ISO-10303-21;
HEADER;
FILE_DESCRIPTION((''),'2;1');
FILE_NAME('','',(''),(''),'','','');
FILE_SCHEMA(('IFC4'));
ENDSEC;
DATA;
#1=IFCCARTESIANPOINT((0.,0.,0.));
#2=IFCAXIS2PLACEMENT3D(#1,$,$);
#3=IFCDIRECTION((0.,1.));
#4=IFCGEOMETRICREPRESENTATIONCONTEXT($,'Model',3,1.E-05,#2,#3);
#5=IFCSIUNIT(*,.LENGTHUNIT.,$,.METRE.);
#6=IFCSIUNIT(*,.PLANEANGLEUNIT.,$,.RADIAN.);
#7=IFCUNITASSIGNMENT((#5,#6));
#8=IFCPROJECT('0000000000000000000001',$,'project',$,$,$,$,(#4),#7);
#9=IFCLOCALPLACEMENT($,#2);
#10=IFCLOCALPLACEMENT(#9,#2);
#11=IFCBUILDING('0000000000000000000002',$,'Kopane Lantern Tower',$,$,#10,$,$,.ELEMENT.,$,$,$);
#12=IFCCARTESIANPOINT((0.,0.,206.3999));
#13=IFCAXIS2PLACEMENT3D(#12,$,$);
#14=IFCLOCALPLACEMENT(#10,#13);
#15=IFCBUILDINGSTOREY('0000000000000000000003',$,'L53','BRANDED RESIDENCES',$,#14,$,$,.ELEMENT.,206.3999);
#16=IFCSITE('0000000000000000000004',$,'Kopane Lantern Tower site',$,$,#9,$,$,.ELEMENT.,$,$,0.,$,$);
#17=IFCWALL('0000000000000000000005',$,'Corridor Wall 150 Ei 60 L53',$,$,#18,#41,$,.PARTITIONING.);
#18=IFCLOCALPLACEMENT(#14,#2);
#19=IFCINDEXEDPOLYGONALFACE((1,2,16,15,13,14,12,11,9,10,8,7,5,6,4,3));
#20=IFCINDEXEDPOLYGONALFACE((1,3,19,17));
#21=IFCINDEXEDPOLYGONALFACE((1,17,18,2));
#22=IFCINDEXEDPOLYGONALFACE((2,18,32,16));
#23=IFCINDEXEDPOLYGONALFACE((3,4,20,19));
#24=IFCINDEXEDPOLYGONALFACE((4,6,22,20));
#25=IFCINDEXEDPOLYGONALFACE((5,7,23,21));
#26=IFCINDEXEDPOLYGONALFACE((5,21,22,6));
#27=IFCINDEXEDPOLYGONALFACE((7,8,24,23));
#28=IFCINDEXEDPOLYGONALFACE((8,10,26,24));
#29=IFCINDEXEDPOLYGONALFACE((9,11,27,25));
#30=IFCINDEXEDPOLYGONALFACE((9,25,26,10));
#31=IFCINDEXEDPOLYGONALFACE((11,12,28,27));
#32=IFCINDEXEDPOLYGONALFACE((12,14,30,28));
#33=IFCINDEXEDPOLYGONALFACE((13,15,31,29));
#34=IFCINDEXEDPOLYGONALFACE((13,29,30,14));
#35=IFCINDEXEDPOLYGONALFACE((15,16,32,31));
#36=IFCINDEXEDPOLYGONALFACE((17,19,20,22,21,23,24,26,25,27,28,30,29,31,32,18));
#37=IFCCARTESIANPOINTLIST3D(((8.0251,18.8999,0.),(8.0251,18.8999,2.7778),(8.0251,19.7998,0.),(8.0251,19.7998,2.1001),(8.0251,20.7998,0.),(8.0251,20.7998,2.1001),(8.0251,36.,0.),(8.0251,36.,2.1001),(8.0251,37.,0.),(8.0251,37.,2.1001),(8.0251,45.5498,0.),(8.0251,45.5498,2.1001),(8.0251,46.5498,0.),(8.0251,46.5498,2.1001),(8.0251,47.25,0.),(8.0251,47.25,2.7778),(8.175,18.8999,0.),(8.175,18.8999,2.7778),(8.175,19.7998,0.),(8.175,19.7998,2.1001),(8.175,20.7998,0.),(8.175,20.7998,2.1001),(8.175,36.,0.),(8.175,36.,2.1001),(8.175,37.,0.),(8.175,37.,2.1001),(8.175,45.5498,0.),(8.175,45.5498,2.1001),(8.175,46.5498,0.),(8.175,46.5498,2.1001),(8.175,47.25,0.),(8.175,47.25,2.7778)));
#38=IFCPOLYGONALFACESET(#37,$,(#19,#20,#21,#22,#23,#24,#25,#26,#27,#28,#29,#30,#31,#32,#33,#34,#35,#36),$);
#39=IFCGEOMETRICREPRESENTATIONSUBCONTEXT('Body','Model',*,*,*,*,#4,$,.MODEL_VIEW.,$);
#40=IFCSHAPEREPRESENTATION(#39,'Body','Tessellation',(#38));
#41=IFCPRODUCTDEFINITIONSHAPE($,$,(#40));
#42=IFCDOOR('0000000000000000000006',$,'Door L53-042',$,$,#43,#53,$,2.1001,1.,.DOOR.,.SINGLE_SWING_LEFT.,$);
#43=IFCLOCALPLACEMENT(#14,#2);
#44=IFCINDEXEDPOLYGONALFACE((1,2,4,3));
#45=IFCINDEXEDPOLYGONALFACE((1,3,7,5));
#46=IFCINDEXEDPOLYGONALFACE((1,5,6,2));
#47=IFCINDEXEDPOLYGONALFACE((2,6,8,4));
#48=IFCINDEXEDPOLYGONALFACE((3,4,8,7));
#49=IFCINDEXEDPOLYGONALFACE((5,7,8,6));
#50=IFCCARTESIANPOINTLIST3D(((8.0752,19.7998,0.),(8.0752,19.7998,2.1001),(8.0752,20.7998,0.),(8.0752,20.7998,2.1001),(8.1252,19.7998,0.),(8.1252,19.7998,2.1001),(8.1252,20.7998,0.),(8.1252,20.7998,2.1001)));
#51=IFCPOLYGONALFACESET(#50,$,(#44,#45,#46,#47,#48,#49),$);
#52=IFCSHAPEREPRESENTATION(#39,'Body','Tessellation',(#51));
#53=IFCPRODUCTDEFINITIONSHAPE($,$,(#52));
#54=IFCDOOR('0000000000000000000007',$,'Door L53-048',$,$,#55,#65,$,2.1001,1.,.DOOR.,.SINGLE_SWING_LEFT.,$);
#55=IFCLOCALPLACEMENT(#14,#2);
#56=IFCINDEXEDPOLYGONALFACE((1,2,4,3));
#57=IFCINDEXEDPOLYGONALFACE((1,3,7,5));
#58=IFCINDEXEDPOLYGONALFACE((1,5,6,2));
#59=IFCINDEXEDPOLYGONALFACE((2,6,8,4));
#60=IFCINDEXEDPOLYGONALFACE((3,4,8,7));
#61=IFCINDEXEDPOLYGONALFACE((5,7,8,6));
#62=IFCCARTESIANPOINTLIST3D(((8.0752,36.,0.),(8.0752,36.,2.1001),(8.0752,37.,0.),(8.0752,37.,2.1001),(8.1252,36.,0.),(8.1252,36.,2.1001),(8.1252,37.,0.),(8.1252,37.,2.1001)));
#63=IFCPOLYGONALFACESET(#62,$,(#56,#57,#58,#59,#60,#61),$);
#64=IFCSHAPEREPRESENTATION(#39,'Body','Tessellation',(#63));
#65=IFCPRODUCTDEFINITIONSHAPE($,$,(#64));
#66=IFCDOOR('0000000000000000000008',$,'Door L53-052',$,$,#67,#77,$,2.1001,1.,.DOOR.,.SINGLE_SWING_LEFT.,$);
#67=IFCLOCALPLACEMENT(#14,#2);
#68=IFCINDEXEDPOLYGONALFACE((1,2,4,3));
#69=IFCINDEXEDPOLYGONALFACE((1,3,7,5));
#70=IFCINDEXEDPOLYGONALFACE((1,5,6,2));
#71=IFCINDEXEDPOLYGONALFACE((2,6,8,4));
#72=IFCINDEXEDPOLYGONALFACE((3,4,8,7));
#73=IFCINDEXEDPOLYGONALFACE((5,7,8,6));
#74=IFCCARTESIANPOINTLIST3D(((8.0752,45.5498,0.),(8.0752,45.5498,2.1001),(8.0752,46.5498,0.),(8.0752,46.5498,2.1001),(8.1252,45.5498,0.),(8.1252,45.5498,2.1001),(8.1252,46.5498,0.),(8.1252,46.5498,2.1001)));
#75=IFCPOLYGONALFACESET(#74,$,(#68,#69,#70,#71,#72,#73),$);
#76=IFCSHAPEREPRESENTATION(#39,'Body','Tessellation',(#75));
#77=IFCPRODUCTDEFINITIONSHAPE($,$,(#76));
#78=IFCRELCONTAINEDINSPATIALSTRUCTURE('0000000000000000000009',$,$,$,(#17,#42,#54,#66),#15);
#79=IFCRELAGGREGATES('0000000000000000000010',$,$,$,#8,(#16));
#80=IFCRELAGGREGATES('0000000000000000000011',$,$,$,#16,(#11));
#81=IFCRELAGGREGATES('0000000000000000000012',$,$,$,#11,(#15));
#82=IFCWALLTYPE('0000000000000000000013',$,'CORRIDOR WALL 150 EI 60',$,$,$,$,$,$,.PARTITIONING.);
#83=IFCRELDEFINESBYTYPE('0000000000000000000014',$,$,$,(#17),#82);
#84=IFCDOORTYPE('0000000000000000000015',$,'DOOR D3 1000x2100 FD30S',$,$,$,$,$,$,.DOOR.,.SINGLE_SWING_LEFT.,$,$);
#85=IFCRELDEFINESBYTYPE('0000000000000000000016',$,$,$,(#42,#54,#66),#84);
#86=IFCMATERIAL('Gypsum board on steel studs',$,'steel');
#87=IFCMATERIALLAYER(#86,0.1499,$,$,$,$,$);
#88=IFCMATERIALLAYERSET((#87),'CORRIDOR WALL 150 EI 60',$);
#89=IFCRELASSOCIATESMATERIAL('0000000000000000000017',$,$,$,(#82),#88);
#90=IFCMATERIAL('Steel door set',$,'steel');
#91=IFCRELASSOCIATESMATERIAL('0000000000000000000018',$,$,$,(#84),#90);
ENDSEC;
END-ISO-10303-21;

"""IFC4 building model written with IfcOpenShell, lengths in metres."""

from ifc_helpers import new_model, si_unit, direction, frame, frame_2d, origin, place, context, subcontext, project, spatial, rectangle, extrude, material, layer, layer_set, type_object, element, fill, save


model = new_model("IFC4")

# Units and contexts
model_context = context("Model", 3, precision=1e-05, world=origin(), true_north=direction((0.0, 1.0)))
body_context = subcontext(model_context, "Body", "Model", "MODEL_VIEW")
ifc_project = project(units=[si_unit("LENGTHUNIT", "METRE"), si_unit("PLANEANGLEUNIT", "RADIAN")], contexts=[model_context])

# Site, building, storey
site_placement = place(None, origin())
site = spatial("IfcSite", under=ifc_project, at=site_placement, Name="Kopane Lantern Tower site", CompositionType="ELEMENT", RefElevation=0.0)
building_placement = place(site_placement, origin())
building = spatial("IfcBuilding", under=site, at=building_placement, Name="Kopane Lantern Tower", CompositionType="ELEMENT")
storey_placement = place(building_placement, frame((0.0, 0.0, 206.3999)))
storey = spatial("IfcBuildingStorey", under=building, at=storey_placement, Name="L53", Description="BRANDED RESIDENCES", CompositionType="ELEMENT", Elevation=206.3999)

# Wall, openings, doors
ifc_material_1 = material(Name="Gypsum board on steel studs", Category="steel")
ifc_layer_1 = layer(ifc_material_1, 0.1499)
ifc_layer_set_1 = layer_set([ifc_layer_1], Name="CORRIDOR WALL 150 EI 60")
wall_type_1 = type_object("IfcWallType", Name="CORRIDOR WALL 150 EI 60", PredefinedType="PARTITIONING", material=ifc_layer_set_1)
ifc_material_2 = material(Name="Steel door set", Category="steel")
door_type = type_object("IfcDoorType", Name="DOOR D3 1000x2100 FD30S", OperationType="SINGLE_SWING_LEFT", PredefinedType="DOOR", material=ifc_material_2)
wall_1_placement = place(storey_placement, frame((8.1001, 18.8999, 0.0), z_axis=(0.0, 0.0, 1.0), x_axis=(0.0, 1.0, 0.0)))
wall_1 = element("IfcWall", 1, at=wall_1_placement, inside=storey, type_object=wall_type_1, Name="Corridor Wall 150 Ei 60 L53", PredefinedType="PARTITIONING", context=body_context, shape_type="SweptSolid", body=[
    extrude(rectangle(XDim=28.3501, YDim=0.1499, at=frame_2d((14.175, 0.0))), origin(), (0.0, 0.0, 1.0), 2.7778),
])
opening_1_placement = place(wall_1_placement, frame((0.8999, 0.0, 0.0)))
opening_1 = element("IfcOpeningElement", 2, at=opening_1_placement, cuts=wall_1, PredefinedType="OPENING", context=body_context, shape_type="SweptSolid", body=[
    extrude(rectangle(XDim=1.0, YDim=2.1001, at=frame_2d((0.5, 1.05))), frame((0.0, 0.085, 0.0), z_axis=(0.0, -1.0, 0.0), x_axis=(1.0, 0.0, 0.0)), (0.0, 0.0, 1.0), 0.1699),
])
opening_2_placement = place(wall_1_placement, frame((17.1001, 0.0, 0.0)))
opening_2 = element("IfcOpeningElement", 3, at=opening_2_placement, cuts=wall_1, PredefinedType="OPENING", context=body_context, shape_type="SweptSolid", body=[
    extrude(rectangle(XDim=1.0, YDim=2.1001, at=frame_2d((0.5, 1.05))), frame((0.0, 0.085, 0.0), z_axis=(0.0, -1.0, 0.0), x_axis=(1.0, 0.0, 0.0)), (0.0, 0.0, 1.0), 0.1699),
])
opening_3_placement = place(wall_1_placement, frame((26.6499, 0.0, 0.0)))
opening_3 = element("IfcOpeningElement", 4, at=opening_3_placement, cuts=wall_1, PredefinedType="OPENING", context=body_context, shape_type="SweptSolid", body=[
    extrude(rectangle(XDim=1.0, YDim=2.1001, at=frame_2d((0.5, 1.05))), frame((0.0, 0.085, 0.0), z_axis=(0.0, -1.0, 0.0), x_axis=(1.0, 0.0, 0.0)), (0.0, 0.0, 1.0), 0.1699),
])
door_1_placement = place(opening_1_placement, origin())
door_1 = element("IfcDoor", 5, at=door_1_placement, inside=storey, type_object=door_type, Name="Door L53-042", OperationType="SINGLE_SWING_LEFT", OverallHeight=2.1001, OverallWidth=1.0, PredefinedType="DOOR", context=body_context, shape_type="SweptSolid", body=[
    extrude(rectangle(XDim=1.0, YDim=2.1001, at=frame_2d((0.5, 1.05))), frame((0.0, 0.0249, 0.0), z_axis=(0.0, -1.0, 0.0), x_axis=(1.0, 0.0, 0.0)), (0.0, 0.0, 1.0), 0.05),
])
fill(opening_1, door_1)
door_2_placement = place(opening_2_placement, origin())
door_2 = element("IfcDoor", 6, at=door_2_placement, inside=storey, type_object=door_type, Name="Door L53-048", OperationType="SINGLE_SWING_LEFT", OverallHeight=2.1001, OverallWidth=1.0, PredefinedType="DOOR", context=body_context, shape_type="SweptSolid", body=[
    extrude(rectangle(XDim=1.0, YDim=2.1001, at=frame_2d((0.5, 1.05))), frame((0.0, 0.0249, 0.0), z_axis=(0.0, -1.0, 0.0), x_axis=(1.0, 0.0, 0.0)), (0.0, 0.0, 1.0), 0.05),
])
fill(opening_2, door_2)
door_3_placement = place(opening_3_placement, origin())
door_3 = element("IfcDoor", 7, at=door_3_placement, inside=storey, type_object=door_type, Name="Door L53-052", OperationType="SINGLE_SWING_LEFT", OverallHeight=2.1001, OverallWidth=1.0, PredefinedType="DOOR", context=body_context, shape_type="SweptSolid", body=[
    extrude(rectangle(XDim=1.0, YDim=2.1001, at=frame_2d((0.5, 1.05))), frame((0.0, 0.0249, 0.0), z_axis=(0.0, -1.0, 0.0), x_axis=(1.0, 0.0, 0.0)), (0.0, 0.0, 1.0), 0.05),
])
fill(opening_3, door_3)

save(model, "model.ifc")
